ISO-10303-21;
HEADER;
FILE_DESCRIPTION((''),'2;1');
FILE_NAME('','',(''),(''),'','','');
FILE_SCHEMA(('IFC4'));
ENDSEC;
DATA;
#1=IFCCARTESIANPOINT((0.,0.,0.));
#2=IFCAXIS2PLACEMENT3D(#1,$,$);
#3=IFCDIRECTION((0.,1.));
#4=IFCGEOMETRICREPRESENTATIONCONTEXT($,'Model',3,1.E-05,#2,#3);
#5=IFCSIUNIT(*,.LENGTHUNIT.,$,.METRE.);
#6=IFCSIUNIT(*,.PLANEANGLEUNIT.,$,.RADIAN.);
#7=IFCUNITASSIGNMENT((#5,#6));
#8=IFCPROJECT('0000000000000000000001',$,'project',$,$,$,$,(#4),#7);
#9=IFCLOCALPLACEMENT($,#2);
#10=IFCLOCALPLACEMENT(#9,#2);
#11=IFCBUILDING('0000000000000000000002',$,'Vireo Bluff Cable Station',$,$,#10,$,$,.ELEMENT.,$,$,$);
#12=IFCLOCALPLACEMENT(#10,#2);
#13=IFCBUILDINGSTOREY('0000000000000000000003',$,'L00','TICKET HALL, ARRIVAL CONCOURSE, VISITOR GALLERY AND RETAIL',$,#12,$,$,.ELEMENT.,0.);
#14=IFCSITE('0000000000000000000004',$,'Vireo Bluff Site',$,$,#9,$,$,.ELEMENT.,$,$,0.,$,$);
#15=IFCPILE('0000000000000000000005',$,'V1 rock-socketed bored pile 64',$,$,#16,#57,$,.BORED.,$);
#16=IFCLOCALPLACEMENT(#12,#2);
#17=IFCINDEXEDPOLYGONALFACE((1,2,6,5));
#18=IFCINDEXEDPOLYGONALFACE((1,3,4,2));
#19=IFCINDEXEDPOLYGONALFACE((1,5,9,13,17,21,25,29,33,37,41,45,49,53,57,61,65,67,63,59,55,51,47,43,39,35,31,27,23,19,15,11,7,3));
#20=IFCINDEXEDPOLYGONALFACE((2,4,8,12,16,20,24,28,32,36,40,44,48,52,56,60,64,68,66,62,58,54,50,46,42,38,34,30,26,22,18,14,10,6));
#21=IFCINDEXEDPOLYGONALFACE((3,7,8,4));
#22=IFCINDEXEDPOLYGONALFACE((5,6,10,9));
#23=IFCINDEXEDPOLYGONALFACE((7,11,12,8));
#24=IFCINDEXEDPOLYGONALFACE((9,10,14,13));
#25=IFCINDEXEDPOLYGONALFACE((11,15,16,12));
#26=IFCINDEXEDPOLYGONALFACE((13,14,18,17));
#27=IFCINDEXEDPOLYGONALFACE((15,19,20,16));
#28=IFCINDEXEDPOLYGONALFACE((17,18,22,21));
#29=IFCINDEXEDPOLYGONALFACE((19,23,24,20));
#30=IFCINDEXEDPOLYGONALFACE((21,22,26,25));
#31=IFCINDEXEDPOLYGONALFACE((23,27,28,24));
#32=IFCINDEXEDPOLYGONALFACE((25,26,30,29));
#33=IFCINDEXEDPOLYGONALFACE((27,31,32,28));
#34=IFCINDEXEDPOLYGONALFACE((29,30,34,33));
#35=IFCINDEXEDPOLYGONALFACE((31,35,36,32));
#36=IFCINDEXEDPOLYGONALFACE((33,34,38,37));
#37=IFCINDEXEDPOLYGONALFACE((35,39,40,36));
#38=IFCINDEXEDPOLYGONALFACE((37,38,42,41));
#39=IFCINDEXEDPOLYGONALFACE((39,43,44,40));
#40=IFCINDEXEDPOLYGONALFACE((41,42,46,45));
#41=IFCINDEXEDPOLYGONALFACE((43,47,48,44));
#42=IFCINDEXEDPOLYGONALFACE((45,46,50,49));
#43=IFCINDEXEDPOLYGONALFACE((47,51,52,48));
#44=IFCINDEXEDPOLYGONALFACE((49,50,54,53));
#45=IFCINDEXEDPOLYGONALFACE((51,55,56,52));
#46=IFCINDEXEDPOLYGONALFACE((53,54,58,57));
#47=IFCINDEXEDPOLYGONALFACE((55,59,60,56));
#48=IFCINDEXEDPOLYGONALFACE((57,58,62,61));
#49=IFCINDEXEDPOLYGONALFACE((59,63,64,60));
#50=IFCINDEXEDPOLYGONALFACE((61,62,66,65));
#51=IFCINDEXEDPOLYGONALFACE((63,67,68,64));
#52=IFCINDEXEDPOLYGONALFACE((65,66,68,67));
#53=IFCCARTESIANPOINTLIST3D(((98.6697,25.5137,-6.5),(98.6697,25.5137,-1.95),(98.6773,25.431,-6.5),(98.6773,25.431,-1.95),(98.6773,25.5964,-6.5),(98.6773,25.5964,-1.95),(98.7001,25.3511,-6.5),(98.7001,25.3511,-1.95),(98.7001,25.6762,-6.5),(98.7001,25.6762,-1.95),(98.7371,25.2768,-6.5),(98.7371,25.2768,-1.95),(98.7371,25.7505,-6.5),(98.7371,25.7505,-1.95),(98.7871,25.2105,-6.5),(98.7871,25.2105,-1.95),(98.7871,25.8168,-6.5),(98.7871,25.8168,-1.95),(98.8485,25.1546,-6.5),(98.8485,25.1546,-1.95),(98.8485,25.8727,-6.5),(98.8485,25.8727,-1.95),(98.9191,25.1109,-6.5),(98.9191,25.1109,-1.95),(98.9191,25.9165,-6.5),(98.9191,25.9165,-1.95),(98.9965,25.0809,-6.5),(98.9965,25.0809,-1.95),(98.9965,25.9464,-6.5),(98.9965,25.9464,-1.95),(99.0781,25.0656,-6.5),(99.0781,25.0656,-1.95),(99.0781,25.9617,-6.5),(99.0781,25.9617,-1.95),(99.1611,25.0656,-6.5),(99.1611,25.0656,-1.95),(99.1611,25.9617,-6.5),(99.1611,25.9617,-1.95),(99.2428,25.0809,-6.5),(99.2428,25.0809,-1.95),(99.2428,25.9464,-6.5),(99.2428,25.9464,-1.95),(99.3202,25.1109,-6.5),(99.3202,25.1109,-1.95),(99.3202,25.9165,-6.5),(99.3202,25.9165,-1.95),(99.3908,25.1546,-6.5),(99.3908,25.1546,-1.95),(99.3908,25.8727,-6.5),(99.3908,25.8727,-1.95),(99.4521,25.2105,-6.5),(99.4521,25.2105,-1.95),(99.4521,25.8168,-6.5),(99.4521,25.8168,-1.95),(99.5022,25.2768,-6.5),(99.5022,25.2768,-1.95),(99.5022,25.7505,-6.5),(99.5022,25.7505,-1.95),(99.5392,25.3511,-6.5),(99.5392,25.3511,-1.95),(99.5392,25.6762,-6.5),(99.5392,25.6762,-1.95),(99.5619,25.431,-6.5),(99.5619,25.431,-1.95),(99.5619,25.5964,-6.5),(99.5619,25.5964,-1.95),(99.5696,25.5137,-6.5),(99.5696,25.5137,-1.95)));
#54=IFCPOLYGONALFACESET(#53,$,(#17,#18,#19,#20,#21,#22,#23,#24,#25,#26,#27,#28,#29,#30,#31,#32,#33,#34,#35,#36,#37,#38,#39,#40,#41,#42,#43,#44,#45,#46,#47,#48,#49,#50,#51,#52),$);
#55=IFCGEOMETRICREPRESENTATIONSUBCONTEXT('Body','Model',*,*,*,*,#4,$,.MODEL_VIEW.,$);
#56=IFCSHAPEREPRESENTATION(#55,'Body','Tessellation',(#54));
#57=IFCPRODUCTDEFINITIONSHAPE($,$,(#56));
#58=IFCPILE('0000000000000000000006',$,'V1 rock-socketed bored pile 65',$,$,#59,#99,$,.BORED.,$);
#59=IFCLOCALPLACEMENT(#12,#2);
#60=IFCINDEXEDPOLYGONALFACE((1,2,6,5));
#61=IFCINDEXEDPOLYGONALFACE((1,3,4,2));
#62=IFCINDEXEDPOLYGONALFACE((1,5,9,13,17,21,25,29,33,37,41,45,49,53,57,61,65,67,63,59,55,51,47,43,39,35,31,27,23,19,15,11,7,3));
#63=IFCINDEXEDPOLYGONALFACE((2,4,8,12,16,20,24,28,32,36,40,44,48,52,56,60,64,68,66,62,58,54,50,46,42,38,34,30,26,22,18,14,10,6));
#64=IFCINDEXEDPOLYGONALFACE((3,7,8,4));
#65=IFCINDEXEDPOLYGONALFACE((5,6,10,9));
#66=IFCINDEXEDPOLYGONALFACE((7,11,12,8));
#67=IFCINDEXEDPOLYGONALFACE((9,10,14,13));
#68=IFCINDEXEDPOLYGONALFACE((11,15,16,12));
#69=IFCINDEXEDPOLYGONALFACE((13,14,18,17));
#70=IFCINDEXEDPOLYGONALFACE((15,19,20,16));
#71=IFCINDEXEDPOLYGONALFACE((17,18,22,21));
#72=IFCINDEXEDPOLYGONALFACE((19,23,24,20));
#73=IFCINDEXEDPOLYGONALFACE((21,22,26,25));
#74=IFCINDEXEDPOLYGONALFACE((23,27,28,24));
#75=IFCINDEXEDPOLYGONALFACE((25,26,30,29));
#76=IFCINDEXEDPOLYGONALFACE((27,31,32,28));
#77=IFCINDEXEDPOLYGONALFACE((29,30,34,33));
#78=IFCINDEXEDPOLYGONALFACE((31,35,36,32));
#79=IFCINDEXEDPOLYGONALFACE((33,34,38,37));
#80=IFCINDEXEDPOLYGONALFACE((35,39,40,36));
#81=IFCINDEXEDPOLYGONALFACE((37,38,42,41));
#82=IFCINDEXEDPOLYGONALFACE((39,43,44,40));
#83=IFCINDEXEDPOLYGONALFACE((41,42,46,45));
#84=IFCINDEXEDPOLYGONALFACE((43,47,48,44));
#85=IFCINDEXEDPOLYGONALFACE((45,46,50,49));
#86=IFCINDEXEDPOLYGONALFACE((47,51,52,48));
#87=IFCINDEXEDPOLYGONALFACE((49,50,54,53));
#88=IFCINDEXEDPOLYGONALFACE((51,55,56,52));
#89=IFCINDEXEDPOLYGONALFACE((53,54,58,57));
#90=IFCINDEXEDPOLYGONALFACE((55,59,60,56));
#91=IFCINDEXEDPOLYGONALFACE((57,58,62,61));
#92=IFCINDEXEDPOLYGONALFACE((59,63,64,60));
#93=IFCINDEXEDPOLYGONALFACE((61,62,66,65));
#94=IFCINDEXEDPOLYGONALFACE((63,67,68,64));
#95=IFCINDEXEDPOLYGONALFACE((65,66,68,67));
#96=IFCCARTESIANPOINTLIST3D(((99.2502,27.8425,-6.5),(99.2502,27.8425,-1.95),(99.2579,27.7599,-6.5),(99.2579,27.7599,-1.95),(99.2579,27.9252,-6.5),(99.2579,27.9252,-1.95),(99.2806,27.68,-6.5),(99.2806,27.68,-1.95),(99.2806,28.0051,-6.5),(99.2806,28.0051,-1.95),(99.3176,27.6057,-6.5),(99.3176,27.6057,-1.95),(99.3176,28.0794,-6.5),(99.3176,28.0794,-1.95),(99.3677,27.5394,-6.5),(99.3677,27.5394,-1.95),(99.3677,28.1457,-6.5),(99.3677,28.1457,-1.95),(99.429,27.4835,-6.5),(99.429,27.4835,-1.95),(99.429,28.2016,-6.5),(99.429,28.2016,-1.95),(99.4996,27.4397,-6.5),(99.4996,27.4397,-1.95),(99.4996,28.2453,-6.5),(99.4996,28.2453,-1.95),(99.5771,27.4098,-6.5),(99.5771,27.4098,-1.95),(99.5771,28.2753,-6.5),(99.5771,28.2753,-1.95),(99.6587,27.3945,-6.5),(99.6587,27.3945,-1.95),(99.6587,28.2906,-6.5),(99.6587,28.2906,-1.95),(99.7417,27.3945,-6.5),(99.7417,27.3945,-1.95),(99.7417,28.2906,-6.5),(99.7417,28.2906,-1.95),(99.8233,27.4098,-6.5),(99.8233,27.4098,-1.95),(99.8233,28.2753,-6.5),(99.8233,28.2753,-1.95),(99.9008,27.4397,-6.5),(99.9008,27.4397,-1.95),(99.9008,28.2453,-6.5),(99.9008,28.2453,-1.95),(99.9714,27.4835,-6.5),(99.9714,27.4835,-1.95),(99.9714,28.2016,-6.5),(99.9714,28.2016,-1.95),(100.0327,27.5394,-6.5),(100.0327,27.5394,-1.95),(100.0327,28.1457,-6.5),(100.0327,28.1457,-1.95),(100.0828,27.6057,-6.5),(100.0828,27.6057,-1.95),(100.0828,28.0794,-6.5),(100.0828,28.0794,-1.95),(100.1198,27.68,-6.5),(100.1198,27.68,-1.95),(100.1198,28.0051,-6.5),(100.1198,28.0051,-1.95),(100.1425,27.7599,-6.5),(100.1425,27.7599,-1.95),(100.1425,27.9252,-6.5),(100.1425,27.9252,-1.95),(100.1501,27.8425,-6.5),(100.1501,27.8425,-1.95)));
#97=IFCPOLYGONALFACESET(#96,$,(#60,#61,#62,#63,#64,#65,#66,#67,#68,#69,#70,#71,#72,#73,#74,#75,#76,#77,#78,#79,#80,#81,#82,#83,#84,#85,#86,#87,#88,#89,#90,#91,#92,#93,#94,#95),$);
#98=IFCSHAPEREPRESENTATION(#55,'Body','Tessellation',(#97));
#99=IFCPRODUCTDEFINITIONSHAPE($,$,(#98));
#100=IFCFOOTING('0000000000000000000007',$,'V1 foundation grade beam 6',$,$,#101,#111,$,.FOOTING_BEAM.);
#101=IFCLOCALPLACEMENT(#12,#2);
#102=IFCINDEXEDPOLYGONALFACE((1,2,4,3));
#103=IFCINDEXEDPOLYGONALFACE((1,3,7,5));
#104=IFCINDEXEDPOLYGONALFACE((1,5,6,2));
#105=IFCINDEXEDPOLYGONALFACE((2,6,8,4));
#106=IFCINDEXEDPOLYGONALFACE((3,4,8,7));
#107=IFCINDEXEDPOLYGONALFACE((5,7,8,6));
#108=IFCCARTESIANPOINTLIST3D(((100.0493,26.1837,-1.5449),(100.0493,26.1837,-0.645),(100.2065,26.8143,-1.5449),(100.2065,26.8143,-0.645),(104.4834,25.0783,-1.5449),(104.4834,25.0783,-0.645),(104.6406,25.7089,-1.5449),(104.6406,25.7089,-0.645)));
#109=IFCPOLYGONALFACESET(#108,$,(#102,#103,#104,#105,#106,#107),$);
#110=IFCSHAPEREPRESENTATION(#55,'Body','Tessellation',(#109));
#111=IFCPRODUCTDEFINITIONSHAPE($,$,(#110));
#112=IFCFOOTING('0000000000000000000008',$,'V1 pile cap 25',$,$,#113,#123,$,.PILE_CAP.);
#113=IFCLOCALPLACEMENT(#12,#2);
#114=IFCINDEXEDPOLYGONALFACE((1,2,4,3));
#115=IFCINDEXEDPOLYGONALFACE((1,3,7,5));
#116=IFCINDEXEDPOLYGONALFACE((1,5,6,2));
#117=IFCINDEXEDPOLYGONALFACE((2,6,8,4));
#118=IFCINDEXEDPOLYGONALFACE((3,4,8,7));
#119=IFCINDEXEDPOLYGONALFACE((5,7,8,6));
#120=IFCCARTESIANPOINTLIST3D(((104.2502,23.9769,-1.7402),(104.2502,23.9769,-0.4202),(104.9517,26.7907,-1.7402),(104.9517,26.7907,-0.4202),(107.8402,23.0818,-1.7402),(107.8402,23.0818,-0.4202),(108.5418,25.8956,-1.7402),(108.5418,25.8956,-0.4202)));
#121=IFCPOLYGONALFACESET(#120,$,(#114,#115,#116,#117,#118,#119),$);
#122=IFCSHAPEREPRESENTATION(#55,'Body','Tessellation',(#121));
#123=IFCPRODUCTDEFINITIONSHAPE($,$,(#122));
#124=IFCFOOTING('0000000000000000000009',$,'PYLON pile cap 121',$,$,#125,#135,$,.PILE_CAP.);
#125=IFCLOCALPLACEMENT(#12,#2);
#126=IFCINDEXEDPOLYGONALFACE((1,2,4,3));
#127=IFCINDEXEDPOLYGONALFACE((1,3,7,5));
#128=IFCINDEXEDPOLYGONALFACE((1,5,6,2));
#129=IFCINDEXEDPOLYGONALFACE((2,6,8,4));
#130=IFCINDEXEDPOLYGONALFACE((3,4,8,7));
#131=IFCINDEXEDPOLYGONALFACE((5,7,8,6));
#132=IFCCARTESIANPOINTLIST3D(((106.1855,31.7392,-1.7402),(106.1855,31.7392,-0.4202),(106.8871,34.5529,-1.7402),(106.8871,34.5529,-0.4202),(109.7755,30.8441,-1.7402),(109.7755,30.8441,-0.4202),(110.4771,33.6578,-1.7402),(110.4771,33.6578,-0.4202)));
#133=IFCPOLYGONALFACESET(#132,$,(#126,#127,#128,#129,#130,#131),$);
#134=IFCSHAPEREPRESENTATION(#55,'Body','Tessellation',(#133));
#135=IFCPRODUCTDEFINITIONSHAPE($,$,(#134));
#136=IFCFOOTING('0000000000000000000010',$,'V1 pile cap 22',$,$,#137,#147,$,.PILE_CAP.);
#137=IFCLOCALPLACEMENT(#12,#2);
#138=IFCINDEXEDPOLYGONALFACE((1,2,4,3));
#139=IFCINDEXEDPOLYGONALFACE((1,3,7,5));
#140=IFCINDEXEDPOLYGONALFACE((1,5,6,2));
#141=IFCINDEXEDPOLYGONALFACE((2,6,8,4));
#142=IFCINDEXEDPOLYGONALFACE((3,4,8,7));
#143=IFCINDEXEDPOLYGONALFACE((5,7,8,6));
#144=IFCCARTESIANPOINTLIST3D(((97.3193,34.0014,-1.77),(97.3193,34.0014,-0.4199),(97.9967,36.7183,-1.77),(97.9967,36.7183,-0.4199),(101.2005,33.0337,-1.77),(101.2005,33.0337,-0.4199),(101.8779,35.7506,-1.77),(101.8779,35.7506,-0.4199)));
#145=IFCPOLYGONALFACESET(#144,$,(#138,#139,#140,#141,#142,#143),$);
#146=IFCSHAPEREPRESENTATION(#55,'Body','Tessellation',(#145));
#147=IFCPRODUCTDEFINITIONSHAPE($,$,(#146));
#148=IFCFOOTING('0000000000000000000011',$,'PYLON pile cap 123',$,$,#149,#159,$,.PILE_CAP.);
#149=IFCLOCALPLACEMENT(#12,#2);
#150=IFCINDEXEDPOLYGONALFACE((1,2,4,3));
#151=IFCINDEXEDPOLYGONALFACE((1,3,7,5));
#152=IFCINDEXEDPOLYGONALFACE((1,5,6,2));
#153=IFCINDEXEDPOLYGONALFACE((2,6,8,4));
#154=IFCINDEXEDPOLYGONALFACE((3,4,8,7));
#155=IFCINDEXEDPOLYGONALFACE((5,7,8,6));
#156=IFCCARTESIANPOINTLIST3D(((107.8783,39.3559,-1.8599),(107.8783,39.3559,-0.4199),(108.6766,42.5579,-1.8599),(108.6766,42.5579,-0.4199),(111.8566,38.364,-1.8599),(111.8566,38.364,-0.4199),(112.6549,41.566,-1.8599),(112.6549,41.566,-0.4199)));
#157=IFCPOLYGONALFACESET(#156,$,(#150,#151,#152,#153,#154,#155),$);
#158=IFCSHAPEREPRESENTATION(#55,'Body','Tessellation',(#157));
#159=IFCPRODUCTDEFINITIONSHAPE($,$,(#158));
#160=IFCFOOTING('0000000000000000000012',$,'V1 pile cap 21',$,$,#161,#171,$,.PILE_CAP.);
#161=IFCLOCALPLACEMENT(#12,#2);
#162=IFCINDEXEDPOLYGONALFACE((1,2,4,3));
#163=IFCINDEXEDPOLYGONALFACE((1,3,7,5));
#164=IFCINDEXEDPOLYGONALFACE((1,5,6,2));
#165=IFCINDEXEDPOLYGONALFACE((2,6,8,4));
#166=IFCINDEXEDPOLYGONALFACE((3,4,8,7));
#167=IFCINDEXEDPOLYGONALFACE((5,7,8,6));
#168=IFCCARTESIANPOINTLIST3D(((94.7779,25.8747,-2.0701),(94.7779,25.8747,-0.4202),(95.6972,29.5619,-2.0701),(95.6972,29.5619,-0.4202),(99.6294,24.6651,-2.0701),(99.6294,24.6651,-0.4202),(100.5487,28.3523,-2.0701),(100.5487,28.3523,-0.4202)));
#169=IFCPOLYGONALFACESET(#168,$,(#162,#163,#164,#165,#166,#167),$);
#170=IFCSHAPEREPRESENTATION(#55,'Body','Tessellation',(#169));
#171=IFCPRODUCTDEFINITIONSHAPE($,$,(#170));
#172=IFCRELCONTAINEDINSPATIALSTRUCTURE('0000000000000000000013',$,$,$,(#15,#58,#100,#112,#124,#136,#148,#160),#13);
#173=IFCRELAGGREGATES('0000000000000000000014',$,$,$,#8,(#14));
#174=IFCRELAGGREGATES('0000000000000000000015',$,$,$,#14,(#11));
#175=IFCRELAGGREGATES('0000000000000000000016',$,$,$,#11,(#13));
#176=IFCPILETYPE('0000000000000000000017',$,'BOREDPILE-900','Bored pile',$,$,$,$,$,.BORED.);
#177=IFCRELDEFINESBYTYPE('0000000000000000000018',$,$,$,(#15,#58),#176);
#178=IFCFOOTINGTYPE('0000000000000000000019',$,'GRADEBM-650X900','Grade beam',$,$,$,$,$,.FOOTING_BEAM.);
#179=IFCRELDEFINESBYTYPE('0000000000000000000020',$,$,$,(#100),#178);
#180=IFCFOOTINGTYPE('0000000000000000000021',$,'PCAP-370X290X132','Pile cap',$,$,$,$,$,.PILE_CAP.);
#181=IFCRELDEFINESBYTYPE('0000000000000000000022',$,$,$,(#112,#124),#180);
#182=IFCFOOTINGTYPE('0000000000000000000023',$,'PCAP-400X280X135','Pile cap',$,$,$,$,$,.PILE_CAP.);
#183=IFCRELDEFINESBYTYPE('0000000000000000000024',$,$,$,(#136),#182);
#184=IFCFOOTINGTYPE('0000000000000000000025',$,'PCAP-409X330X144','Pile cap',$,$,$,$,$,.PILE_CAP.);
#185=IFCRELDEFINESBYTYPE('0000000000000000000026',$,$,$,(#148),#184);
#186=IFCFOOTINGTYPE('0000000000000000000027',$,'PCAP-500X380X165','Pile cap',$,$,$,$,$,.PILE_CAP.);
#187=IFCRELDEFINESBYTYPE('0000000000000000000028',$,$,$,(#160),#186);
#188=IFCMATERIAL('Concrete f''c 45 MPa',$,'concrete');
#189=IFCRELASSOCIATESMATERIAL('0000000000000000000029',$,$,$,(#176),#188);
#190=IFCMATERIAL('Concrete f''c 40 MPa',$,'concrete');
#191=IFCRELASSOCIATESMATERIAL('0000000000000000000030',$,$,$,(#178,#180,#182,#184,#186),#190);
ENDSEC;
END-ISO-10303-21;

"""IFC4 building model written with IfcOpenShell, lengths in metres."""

from ifc_helpers import new_model, si_unit, direction, frame, origin, origin_2d, place, context, subcontext, project, spatial, rectangle, circle, extrude, material, material_profile, profile_set, type_object, element, save


model = new_model("IFC4")

# Units and contexts
model_context = context("Model", 3, precision=1e-05, world=origin(), true_north=direction((0.0, 1.0)))
body_context = subcontext(model_context, "Body", "Model", "MODEL_VIEW")
ifc_project = project(units=[si_unit("LENGTHUNIT", "METRE"), si_unit("PLANEANGLEUNIT", "RADIAN")], contexts=[model_context])

# Site, building, storey
site_placement = place(None, origin())
site = spatial("IfcSite", under=ifc_project, at=site_placement, Name="Vireo Bluff Site", CompositionType="ELEMENT", RefElevation=0.0)
building_placement = place(site_placement, origin())
building = spatial("IfcBuilding", under=site, at=building_placement, Name="Vireo Bluff Cable Station", CompositionType="ELEMENT")
storey_placement = place(building_placement, origin())
storey = spatial("IfcBuildingStorey", under=building, at=storey_placement, Name="L00", Description="TICKET HALL, ARRIVAL CONCOURSE, VISITOR GALLERY AND RETAIL", CompositionType="ELEMENT", Elevation=0.0)

# Piles
ifc_material_1 = material(Name="Concrete f'c 45 MPa", Category="concrete")
ifc_material_profile_1 = material_profile(ifc_material_1, circle(Radius=0.45, at=origin_2d()), Name="BOREDPILE-900")
ifc_profile_set_1 = profile_set([ifc_material_profile_1], Name="Concrete f'c 45 MPa")
pile_type_1 = type_object("IfcPileType", Name="BOREDPILE-900", Description="Bored pile", PredefinedType="BORED", material=ifc_profile_set_1)
for number, where, z_axis, x_axis, name in (
    (1, (99.1196, 25.5137, -1.95), (0.0, 0.0, -1.0), (1.0, 0.0, 0.0), "V1 rock-socketed bored pile 64"),
    (2, (99.7002, 27.8425, -1.95), (0.0, 0.0, -1.0), (1.0, 0.0, 0.0), "V1 rock-socketed bored pile 65"),
):
    element("IfcPile", number, at=place(storey_placement, frame(where, z_axis=z_axis, x_axis=x_axis)), inside=storey, type_object=pile_type_1, Name=name, PredefinedType="BORED", context=body_context, shape_type="SweptSolid", body=[
        extrude(circle(Radius=0.45, at=origin_2d()), origin(), (0.0, 0.0, 1.0), 4.55),
    ])

# Footings
ifc_material_2 = material(Name="Concrete f'c 40 MPa", Category="concrete")
ifc_material_profile_2 = material_profile(ifc_material_2, rectangle(XDim=0.6499, YDim=0.8999, at=origin_2d()), Name="GRADEBM-650X900")
ifc_profile_set_2 = profile_set([ifc_material_profile_2], Name="Concrete f'c 40 MPa")
footing_type_1 = type_object("IfcFootingType", Name="GRADEBM-650X900", Description="Grade beam", PredefinedType="FOOTING_BEAM", material=ifc_profile_set_2)
footing_1_placement = place(storey_placement, frame((100.1279, 26.499, -1.095), z_axis=(0.970299, -0.241907, 0.0), x_axis=(0.241907, 0.970299, 0.0)))
element("IfcFooting", 3, at=footing_1_placement, inside=storey, type_object=footing_type_1, Name="V1 foundation grade beam 6", PredefinedType="FOOTING_BEAM", context=body_context, shape_type="SweptSolid", body=[
    extrude(rectangle(XDim=0.6499, YDim=0.8999, at=origin_2d()), origin(), (0.0, 0.0, 1.0), 4.5698),
])
footing_type_2 = type_object("IfcFootingType", Name="PCAP-370X290X132", Description="Pile cap", PredefinedType="PILE_CAP", material=ifc_material_2)
for number, where, z_axis, x_axis, name in (
    (4, (106.396, 24.9363, -1.7402), (0.0, 0.0, 1.0), (0.970296, -0.241922, 0.0), "V1 pile cap 25"),
    (5, (108.3313, 32.6985, -1.7402), (0.0, 0.0, 1.0), (0.970296, -0.241922, 0.0), "PYLON pile cap 121"),
):
    element("IfcFooting", number, at=place(storey_placement, frame(where, z_axis=z_axis, x_axis=x_axis)), inside=storey, type_object=footing_type_2, Name=name, PredefinedType="PILE_CAP", context=body_context, shape_type="SweptSolid", body=[
        extrude(rectangle(XDim=3.7, YDim=2.8999, at=origin_2d()), origin(), (0.0, 0.0, 1.0), 1.3201),
    ])
footing_type_3 = type_object("IfcFootingType", Name="PCAP-400X280X135", Description="Pile cap", PredefinedType="PILE_CAP", material=ifc_material_2)
footing_2_placement = place(storey_placement, frame((99.5986, 34.876, -1.77), z_axis=(0.0, 0.0, 1.0), x_axis=(0.970296, -0.241922, 0.0)))
element("IfcFooting", 6, at=footing_2_placement, inside=storey, type_object=footing_type_3, Name="V1 pile cap 22", PredefinedType="PILE_CAP", context=body_context, shape_type="SweptSolid", body=[
    extrude(rectangle(XDim=4.0, YDim=2.8, at=origin_2d()), origin(), (0.0, 0.0, 1.0), 1.3501),
])
footing_type_4 = type_object("IfcFootingType", Name="PCAP-409X330X144", Description="Pile cap", PredefinedType="PILE_CAP", material=ifc_material_2)
footing_3_placement = place(storey_placement, frame((110.2666, 40.4609, -1.8599), z_axis=(0.0, 0.0, 1.0), x_axis=(0.970296, -0.241922, 0.0)))
element("IfcFooting", 7, at=footing_3_placement, inside=storey, type_object=footing_type_4, Name="PYLON pile cap 123", PredefinedType="PILE_CAP", context=body_context, shape_type="SweptSolid", body=[
    extrude(rectangle(XDim=4.1001, YDim=3.3, at=origin_2d()), origin(), (0.0, 0.0, 1.0), 1.4399),
])
footing_type_5 = type_object("IfcFootingType", Name="PCAP-500X380X165", Description="Pile cap", PredefinedType="PILE_CAP", material=ifc_material_2)
footing_4_placement = place(storey_placement, frame((97.6633, 27.1135, -2.0701), z_axis=(0.0, 0.0, 1.0), x_axis=(0.970296, -0.241922, 0.0)))
element("IfcFooting", 8, at=footing_4_placement, inside=storey, type_object=footing_type_5, Name="V1 pile cap 21", PredefinedType="PILE_CAP", context=body_context, shape_type="SweptSolid", body=[
    extrude(rectangle(XDim=5.0, YDim=3.8, at=origin_2d()), origin(), (0.0, 0.0, 1.0), 1.6499),
])

save(model, "model.ifc")
